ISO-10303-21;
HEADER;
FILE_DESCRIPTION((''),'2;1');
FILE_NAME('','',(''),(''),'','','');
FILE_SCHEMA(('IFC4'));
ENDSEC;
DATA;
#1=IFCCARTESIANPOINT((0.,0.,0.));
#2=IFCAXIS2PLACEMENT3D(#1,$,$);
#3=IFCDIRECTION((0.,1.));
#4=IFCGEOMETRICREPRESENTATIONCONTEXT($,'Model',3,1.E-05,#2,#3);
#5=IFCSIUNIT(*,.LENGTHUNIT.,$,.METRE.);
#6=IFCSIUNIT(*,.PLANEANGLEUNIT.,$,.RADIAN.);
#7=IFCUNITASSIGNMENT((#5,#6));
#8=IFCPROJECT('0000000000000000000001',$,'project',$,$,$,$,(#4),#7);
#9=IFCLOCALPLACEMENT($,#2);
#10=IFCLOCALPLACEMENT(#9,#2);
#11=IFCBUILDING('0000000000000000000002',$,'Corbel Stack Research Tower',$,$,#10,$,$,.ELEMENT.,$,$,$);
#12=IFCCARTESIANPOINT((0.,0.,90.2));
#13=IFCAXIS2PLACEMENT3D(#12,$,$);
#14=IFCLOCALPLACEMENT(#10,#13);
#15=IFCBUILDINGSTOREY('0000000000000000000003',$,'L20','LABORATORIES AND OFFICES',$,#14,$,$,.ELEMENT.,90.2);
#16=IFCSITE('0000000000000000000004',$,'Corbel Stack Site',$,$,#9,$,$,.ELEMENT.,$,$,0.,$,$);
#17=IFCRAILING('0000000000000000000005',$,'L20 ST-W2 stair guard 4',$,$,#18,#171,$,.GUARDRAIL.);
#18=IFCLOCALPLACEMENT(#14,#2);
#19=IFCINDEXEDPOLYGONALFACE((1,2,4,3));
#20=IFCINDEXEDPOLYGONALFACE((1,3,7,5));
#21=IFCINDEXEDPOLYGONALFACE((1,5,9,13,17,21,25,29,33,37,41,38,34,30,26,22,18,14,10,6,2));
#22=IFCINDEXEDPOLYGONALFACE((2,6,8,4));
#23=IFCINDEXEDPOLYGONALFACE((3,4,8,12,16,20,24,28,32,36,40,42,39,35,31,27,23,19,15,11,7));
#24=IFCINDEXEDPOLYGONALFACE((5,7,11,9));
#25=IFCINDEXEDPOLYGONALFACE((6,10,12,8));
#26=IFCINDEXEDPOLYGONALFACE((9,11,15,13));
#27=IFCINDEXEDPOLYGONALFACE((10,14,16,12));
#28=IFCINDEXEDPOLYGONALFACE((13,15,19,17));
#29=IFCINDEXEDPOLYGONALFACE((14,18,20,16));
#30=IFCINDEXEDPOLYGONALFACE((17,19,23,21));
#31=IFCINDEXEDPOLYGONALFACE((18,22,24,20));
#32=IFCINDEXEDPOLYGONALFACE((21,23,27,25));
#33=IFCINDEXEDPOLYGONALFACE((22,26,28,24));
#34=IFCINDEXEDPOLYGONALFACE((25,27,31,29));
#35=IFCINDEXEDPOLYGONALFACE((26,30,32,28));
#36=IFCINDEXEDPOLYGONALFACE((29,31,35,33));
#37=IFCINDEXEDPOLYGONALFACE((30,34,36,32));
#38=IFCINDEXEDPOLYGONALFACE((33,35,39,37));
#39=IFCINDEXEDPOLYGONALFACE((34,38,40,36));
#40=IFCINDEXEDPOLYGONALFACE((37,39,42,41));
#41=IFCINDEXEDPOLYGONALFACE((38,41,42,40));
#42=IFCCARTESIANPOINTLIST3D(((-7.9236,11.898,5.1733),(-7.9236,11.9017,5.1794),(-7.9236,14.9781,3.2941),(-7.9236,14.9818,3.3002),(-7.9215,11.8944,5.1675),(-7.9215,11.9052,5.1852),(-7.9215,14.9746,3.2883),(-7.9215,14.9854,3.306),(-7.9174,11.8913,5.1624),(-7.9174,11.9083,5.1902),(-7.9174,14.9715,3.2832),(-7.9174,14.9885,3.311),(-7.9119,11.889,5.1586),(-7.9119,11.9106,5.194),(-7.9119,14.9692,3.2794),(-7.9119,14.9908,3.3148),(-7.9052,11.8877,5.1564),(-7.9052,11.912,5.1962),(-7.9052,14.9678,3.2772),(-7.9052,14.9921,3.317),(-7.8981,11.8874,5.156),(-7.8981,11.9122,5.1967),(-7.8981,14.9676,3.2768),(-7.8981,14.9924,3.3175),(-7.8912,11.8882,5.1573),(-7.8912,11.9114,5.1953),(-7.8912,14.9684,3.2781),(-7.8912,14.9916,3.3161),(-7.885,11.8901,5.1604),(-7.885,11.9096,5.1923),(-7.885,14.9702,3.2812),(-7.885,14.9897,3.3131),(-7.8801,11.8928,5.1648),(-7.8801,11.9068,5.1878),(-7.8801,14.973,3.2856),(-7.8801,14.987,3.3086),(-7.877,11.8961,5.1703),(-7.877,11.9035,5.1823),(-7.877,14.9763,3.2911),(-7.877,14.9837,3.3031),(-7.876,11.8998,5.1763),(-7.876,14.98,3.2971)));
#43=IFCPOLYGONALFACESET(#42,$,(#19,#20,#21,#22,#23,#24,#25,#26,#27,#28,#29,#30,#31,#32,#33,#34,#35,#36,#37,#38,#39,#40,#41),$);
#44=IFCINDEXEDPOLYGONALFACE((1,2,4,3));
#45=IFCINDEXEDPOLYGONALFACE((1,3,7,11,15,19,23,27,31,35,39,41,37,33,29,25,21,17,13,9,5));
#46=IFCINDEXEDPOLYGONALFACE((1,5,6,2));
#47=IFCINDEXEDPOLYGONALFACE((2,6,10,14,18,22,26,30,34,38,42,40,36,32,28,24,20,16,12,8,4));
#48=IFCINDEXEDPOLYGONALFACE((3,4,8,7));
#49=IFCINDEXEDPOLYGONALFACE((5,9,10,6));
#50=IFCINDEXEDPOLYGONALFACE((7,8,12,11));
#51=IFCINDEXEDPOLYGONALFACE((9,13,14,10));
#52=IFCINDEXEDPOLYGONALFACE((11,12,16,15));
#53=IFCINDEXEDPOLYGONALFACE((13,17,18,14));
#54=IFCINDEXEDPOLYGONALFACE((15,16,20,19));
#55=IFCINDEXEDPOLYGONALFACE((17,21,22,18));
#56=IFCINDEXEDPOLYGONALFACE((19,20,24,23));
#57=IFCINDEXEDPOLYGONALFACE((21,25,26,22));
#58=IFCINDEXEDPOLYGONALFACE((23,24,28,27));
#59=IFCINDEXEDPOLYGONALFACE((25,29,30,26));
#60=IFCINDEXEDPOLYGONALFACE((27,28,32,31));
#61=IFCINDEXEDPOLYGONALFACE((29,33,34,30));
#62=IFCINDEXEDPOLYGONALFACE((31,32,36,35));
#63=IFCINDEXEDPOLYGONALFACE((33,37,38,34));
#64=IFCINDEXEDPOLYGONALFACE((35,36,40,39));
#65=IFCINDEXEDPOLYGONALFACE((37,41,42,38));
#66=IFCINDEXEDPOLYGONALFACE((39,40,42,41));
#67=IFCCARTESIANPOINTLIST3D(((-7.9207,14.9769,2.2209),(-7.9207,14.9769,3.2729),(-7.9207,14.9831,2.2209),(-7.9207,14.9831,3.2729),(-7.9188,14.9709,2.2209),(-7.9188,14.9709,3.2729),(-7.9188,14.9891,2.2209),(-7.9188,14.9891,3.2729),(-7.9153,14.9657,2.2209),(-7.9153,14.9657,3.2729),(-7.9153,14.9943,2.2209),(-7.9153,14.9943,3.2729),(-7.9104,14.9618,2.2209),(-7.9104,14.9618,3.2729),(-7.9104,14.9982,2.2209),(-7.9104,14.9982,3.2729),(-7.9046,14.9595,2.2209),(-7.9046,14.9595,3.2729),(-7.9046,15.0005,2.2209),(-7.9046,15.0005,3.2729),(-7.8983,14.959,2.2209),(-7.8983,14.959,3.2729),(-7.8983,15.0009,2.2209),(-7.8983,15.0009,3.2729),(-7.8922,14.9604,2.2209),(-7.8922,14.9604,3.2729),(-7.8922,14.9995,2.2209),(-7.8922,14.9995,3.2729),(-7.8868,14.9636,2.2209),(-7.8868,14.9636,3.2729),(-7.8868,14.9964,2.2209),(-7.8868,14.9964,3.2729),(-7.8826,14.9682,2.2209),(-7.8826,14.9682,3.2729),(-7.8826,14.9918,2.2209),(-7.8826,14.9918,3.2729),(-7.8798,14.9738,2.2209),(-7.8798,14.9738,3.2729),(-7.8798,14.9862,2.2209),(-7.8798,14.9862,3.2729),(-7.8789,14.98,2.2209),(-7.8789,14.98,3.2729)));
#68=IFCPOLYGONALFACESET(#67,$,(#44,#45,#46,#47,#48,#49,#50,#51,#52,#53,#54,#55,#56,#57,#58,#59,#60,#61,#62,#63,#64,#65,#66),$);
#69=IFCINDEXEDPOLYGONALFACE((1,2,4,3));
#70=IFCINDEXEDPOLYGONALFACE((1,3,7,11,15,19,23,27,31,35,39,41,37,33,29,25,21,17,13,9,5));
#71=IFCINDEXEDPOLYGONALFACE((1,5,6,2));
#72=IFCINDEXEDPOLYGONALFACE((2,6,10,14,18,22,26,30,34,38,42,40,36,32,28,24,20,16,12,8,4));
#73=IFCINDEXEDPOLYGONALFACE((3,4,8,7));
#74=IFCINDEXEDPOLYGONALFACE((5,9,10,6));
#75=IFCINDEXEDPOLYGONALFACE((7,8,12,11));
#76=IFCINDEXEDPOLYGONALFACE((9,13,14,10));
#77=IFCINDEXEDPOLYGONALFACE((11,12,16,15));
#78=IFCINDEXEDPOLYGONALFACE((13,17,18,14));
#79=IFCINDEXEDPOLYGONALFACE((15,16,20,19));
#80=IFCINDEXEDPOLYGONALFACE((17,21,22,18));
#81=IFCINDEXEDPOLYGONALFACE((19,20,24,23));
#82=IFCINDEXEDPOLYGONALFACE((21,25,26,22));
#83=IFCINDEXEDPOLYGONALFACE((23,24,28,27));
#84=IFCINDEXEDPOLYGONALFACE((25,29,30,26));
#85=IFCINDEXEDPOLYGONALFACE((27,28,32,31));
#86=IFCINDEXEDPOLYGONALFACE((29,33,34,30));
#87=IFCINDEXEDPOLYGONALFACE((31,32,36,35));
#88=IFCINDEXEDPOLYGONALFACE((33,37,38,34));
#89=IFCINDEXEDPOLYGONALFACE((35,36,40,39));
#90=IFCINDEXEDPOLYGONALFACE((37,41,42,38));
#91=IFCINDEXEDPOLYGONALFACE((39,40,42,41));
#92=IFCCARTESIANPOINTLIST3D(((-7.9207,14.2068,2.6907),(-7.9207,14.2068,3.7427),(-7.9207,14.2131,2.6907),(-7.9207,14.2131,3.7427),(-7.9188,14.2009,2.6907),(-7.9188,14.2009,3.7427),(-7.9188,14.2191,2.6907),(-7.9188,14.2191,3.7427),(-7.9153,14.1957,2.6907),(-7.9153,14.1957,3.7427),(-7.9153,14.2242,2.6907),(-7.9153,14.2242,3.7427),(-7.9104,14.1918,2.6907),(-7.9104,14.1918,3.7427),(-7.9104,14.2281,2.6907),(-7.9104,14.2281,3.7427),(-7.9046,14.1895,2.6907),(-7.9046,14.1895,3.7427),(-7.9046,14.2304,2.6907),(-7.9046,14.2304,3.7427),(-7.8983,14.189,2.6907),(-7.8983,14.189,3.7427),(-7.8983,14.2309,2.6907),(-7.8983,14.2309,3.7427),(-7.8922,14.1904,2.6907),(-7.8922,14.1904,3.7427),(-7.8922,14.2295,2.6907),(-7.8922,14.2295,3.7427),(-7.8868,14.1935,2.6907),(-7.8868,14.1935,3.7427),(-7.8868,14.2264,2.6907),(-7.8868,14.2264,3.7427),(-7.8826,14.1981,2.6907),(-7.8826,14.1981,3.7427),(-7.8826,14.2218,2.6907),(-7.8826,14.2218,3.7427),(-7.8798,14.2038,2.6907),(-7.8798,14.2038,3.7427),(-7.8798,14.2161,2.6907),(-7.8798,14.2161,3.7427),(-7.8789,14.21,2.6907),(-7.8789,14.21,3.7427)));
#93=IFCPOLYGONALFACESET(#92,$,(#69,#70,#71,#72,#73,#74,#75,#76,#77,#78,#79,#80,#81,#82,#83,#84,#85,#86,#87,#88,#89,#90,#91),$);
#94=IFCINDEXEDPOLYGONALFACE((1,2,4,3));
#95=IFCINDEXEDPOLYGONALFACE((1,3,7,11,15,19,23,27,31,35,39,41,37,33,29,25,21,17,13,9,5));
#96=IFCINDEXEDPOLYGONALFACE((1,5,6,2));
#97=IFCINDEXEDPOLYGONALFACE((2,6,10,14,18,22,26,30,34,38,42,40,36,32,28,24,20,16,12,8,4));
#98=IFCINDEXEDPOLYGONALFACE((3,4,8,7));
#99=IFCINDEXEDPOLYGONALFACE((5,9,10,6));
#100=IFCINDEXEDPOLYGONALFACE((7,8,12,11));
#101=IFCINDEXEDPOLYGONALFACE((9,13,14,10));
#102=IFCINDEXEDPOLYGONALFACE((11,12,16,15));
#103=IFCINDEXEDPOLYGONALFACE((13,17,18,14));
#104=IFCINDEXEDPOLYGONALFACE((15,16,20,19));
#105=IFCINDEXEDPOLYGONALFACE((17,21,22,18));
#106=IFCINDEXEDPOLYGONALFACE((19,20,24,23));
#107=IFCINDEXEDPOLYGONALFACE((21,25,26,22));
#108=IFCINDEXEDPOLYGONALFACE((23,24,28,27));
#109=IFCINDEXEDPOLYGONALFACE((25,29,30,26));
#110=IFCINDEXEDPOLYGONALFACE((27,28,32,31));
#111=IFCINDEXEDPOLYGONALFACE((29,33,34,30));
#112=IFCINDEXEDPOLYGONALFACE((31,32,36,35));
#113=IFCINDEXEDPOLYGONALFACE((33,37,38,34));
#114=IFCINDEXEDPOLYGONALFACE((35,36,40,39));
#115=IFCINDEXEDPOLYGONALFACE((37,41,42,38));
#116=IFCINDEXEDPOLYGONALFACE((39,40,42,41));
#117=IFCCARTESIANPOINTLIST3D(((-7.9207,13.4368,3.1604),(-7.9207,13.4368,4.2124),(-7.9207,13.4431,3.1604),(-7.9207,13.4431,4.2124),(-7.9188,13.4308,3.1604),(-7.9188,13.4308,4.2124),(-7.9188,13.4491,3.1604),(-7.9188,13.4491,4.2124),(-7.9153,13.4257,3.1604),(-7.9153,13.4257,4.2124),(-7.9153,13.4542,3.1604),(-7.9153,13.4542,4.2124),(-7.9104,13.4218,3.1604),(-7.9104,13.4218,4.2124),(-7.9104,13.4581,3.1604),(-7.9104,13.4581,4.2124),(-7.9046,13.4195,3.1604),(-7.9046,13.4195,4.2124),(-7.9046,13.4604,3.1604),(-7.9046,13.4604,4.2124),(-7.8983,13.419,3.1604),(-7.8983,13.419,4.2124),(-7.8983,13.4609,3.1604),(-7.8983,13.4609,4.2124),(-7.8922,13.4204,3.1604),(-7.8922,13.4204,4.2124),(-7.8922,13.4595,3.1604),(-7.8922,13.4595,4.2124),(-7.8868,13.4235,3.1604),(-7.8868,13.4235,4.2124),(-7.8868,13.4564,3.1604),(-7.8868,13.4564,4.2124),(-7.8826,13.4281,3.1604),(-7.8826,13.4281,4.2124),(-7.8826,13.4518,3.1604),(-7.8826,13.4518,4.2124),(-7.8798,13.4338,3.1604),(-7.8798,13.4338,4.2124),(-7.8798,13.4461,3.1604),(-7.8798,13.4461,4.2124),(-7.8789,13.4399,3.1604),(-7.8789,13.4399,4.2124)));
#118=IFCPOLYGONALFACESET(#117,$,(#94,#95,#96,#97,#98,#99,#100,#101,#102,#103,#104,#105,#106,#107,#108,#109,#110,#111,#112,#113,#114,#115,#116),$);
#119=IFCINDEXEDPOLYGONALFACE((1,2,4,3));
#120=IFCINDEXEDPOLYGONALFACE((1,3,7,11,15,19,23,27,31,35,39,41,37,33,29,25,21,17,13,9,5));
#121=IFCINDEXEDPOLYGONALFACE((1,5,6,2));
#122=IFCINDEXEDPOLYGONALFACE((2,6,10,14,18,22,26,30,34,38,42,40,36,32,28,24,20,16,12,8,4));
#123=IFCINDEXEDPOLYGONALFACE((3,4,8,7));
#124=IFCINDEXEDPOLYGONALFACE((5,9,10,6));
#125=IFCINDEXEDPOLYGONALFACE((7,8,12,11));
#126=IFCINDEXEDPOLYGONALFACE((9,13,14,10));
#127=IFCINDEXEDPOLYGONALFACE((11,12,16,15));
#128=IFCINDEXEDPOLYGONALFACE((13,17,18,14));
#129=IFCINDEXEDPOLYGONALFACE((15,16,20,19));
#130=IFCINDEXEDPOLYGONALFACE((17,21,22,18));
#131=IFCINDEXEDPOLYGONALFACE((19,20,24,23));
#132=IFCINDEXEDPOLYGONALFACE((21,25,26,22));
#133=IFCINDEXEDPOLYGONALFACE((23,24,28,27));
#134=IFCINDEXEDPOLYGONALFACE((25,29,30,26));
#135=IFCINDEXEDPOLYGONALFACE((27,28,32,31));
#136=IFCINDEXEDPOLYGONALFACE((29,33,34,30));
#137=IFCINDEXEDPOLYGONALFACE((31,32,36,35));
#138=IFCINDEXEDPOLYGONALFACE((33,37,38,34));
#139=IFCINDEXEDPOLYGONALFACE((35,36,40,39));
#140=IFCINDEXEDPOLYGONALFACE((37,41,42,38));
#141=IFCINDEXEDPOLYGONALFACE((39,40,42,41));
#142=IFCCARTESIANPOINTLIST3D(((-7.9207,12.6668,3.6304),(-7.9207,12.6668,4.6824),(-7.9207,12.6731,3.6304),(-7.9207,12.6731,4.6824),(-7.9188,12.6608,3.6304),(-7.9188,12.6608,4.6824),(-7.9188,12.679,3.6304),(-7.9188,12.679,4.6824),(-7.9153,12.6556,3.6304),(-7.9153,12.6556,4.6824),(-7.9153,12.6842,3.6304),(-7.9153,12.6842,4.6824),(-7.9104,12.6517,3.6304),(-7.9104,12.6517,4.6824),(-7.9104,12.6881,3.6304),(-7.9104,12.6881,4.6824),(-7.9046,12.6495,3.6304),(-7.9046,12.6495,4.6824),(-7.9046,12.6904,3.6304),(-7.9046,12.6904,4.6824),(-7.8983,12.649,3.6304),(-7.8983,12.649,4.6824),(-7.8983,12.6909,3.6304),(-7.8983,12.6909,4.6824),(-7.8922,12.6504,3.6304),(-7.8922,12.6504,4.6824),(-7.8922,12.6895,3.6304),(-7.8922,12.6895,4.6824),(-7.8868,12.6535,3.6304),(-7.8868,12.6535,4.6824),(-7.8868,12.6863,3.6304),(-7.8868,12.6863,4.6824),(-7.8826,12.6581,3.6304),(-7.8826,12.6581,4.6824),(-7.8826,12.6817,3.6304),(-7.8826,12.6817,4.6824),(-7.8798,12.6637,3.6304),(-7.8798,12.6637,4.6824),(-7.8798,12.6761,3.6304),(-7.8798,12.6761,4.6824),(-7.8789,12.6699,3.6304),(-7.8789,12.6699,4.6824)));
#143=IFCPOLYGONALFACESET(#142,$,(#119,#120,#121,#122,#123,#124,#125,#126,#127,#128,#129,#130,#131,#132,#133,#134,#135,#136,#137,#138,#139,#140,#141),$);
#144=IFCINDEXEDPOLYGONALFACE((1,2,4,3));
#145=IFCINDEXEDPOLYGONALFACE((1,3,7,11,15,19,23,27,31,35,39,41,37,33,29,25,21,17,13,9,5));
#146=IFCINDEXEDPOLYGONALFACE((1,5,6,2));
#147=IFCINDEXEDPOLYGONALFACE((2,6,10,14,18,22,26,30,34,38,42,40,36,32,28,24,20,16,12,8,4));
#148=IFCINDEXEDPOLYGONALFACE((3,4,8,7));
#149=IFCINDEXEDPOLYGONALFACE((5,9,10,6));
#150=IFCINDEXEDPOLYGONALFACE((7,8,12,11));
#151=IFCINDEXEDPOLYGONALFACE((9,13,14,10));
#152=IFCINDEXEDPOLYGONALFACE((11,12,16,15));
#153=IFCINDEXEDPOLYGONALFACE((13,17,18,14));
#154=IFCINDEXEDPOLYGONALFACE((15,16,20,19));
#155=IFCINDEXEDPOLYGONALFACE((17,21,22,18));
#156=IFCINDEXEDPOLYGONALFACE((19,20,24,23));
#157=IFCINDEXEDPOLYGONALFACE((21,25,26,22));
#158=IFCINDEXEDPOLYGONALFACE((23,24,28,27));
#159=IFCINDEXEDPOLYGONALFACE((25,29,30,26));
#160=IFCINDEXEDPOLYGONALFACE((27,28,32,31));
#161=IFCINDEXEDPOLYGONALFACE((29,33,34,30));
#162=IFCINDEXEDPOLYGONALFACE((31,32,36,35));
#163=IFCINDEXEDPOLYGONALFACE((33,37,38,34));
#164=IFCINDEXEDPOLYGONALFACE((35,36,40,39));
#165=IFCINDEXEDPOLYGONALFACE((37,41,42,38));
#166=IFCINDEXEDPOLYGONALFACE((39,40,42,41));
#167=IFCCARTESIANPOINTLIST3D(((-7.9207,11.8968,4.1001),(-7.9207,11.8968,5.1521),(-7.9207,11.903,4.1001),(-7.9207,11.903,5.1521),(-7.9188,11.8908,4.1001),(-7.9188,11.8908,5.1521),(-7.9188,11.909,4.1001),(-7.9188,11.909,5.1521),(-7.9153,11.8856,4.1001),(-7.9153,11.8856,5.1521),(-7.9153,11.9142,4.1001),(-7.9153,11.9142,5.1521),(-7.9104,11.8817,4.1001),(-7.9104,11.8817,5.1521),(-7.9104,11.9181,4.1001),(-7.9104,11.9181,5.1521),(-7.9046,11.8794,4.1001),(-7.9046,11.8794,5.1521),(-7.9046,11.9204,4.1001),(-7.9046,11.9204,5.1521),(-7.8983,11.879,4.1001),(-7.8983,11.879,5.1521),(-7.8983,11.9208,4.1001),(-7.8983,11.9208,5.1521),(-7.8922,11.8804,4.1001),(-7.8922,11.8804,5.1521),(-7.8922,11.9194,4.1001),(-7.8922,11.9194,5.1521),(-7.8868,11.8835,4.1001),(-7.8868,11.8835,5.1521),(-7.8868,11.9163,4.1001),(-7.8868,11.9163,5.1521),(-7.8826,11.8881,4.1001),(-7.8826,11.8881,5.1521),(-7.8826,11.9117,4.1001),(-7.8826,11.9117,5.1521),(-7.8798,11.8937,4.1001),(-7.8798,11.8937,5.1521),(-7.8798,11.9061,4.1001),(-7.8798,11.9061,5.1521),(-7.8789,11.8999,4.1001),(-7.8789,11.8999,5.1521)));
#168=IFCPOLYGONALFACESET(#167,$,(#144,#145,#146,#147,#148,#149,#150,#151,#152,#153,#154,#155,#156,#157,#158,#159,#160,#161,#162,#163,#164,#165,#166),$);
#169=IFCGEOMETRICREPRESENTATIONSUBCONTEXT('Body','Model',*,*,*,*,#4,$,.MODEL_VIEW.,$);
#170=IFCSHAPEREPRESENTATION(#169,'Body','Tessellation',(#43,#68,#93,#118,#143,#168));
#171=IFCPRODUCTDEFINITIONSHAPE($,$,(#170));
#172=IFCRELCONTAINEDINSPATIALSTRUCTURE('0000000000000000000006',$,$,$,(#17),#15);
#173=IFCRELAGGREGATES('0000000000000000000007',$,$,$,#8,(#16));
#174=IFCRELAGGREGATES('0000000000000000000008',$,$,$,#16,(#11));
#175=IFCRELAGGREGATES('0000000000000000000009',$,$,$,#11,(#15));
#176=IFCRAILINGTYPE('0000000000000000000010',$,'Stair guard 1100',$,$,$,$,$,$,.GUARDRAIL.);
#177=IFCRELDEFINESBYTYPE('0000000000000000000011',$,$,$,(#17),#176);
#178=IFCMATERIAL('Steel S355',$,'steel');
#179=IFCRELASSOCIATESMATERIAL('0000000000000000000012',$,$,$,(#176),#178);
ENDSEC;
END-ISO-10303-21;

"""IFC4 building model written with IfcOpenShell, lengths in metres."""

from ifc_helpers import new_model, si_unit, direction, frame, origin, origin_2d, place, context, subcontext, project, spatial, circle, extrude, material, type_object, element, save


model = new_model("IFC4")

# Units and contexts
model_context = context("Model", 3, precision=1e-05, world=origin(), true_north=direction((0.0, 1.0)))
body_context = subcontext(model_context, "Body", "Model", "MODEL_VIEW")
ifc_project = project(units=[si_unit("LENGTHUNIT", "METRE"), si_unit("PLANEANGLEUNIT", "RADIAN")], contexts=[model_context])

# Site, building, storey
site_placement = place(None, origin())
site = spatial("IfcSite", under=ifc_project, at=site_placement, Name="Corbel Stack Site", CompositionType="ELEMENT", RefElevation=0.0)
building_placement = place(site_placement, origin())
building = spatial("IfcBuilding", under=site, at=building_placement, Name="Corbel Stack Research Tower", CompositionType="ELEMENT")
storey_placement = place(building_placement, frame((0.0, 0.0, 90.2)))
storey = spatial("IfcBuildingStorey", under=building, at=storey_placement, Name="L20", Description="LABORATORIES AND OFFICES", CompositionType="ELEMENT", Elevation=90.2)

# Railing
ifc_material_1 = material(Name="Steel S355", Category="steel")
railing_type_1 = type_object("IfcRailingType", Name="Stair guard 1100", PredefinedType="GUARDRAIL", material=ifc_material_1)
railing_1_placement = place(storey_placement, frame((-7.8999, 14.98, 2.2209)))
element("IfcRailing", 1, at=railing_1_placement, inside=storey, type_object=railing_type_1, Name="L20 ST-W2 stair guard 4", PredefinedType="GUARDRAIL", context=body_context, shape_type="SweptSolid", body=[
    extrude(circle(Radius=0.0239, at=origin_2d()), frame((0.0, 0.0, 1.0762), z_axis=(0.0, -0.853666, 0.52082), x_axis=(1.0, 0.0, 0.0)), (0.0, 0.0, 1.0), 3.6082),
    extrude(circle(Radius=0.021, at=origin_2d()), origin(), (0.0, 0.0, 1.0), 1.052),
    extrude(circle(Radius=0.021, at=origin_2d()), frame((0.0, -0.77, 0.4697)), (0.0, 0.0, 1.0), 1.052),
    extrude(circle(Radius=0.021, at=origin_2d()), frame((0.0, -1.54, 0.9395)), (0.0, 0.0, 1.0), 1.052),
    extrude(circle(Radius=0.021, at=origin_2d()), frame((0.0, -2.3101, 1.4094)), (0.0, 0.0, 1.0), 1.052),
    extrude(circle(Radius=0.021, at=origin_2d()), frame((0.0, -3.0801, 1.8792)), (0.0, 0.0, 1.0), 1.052),
])

save(model, "model.ifc")
